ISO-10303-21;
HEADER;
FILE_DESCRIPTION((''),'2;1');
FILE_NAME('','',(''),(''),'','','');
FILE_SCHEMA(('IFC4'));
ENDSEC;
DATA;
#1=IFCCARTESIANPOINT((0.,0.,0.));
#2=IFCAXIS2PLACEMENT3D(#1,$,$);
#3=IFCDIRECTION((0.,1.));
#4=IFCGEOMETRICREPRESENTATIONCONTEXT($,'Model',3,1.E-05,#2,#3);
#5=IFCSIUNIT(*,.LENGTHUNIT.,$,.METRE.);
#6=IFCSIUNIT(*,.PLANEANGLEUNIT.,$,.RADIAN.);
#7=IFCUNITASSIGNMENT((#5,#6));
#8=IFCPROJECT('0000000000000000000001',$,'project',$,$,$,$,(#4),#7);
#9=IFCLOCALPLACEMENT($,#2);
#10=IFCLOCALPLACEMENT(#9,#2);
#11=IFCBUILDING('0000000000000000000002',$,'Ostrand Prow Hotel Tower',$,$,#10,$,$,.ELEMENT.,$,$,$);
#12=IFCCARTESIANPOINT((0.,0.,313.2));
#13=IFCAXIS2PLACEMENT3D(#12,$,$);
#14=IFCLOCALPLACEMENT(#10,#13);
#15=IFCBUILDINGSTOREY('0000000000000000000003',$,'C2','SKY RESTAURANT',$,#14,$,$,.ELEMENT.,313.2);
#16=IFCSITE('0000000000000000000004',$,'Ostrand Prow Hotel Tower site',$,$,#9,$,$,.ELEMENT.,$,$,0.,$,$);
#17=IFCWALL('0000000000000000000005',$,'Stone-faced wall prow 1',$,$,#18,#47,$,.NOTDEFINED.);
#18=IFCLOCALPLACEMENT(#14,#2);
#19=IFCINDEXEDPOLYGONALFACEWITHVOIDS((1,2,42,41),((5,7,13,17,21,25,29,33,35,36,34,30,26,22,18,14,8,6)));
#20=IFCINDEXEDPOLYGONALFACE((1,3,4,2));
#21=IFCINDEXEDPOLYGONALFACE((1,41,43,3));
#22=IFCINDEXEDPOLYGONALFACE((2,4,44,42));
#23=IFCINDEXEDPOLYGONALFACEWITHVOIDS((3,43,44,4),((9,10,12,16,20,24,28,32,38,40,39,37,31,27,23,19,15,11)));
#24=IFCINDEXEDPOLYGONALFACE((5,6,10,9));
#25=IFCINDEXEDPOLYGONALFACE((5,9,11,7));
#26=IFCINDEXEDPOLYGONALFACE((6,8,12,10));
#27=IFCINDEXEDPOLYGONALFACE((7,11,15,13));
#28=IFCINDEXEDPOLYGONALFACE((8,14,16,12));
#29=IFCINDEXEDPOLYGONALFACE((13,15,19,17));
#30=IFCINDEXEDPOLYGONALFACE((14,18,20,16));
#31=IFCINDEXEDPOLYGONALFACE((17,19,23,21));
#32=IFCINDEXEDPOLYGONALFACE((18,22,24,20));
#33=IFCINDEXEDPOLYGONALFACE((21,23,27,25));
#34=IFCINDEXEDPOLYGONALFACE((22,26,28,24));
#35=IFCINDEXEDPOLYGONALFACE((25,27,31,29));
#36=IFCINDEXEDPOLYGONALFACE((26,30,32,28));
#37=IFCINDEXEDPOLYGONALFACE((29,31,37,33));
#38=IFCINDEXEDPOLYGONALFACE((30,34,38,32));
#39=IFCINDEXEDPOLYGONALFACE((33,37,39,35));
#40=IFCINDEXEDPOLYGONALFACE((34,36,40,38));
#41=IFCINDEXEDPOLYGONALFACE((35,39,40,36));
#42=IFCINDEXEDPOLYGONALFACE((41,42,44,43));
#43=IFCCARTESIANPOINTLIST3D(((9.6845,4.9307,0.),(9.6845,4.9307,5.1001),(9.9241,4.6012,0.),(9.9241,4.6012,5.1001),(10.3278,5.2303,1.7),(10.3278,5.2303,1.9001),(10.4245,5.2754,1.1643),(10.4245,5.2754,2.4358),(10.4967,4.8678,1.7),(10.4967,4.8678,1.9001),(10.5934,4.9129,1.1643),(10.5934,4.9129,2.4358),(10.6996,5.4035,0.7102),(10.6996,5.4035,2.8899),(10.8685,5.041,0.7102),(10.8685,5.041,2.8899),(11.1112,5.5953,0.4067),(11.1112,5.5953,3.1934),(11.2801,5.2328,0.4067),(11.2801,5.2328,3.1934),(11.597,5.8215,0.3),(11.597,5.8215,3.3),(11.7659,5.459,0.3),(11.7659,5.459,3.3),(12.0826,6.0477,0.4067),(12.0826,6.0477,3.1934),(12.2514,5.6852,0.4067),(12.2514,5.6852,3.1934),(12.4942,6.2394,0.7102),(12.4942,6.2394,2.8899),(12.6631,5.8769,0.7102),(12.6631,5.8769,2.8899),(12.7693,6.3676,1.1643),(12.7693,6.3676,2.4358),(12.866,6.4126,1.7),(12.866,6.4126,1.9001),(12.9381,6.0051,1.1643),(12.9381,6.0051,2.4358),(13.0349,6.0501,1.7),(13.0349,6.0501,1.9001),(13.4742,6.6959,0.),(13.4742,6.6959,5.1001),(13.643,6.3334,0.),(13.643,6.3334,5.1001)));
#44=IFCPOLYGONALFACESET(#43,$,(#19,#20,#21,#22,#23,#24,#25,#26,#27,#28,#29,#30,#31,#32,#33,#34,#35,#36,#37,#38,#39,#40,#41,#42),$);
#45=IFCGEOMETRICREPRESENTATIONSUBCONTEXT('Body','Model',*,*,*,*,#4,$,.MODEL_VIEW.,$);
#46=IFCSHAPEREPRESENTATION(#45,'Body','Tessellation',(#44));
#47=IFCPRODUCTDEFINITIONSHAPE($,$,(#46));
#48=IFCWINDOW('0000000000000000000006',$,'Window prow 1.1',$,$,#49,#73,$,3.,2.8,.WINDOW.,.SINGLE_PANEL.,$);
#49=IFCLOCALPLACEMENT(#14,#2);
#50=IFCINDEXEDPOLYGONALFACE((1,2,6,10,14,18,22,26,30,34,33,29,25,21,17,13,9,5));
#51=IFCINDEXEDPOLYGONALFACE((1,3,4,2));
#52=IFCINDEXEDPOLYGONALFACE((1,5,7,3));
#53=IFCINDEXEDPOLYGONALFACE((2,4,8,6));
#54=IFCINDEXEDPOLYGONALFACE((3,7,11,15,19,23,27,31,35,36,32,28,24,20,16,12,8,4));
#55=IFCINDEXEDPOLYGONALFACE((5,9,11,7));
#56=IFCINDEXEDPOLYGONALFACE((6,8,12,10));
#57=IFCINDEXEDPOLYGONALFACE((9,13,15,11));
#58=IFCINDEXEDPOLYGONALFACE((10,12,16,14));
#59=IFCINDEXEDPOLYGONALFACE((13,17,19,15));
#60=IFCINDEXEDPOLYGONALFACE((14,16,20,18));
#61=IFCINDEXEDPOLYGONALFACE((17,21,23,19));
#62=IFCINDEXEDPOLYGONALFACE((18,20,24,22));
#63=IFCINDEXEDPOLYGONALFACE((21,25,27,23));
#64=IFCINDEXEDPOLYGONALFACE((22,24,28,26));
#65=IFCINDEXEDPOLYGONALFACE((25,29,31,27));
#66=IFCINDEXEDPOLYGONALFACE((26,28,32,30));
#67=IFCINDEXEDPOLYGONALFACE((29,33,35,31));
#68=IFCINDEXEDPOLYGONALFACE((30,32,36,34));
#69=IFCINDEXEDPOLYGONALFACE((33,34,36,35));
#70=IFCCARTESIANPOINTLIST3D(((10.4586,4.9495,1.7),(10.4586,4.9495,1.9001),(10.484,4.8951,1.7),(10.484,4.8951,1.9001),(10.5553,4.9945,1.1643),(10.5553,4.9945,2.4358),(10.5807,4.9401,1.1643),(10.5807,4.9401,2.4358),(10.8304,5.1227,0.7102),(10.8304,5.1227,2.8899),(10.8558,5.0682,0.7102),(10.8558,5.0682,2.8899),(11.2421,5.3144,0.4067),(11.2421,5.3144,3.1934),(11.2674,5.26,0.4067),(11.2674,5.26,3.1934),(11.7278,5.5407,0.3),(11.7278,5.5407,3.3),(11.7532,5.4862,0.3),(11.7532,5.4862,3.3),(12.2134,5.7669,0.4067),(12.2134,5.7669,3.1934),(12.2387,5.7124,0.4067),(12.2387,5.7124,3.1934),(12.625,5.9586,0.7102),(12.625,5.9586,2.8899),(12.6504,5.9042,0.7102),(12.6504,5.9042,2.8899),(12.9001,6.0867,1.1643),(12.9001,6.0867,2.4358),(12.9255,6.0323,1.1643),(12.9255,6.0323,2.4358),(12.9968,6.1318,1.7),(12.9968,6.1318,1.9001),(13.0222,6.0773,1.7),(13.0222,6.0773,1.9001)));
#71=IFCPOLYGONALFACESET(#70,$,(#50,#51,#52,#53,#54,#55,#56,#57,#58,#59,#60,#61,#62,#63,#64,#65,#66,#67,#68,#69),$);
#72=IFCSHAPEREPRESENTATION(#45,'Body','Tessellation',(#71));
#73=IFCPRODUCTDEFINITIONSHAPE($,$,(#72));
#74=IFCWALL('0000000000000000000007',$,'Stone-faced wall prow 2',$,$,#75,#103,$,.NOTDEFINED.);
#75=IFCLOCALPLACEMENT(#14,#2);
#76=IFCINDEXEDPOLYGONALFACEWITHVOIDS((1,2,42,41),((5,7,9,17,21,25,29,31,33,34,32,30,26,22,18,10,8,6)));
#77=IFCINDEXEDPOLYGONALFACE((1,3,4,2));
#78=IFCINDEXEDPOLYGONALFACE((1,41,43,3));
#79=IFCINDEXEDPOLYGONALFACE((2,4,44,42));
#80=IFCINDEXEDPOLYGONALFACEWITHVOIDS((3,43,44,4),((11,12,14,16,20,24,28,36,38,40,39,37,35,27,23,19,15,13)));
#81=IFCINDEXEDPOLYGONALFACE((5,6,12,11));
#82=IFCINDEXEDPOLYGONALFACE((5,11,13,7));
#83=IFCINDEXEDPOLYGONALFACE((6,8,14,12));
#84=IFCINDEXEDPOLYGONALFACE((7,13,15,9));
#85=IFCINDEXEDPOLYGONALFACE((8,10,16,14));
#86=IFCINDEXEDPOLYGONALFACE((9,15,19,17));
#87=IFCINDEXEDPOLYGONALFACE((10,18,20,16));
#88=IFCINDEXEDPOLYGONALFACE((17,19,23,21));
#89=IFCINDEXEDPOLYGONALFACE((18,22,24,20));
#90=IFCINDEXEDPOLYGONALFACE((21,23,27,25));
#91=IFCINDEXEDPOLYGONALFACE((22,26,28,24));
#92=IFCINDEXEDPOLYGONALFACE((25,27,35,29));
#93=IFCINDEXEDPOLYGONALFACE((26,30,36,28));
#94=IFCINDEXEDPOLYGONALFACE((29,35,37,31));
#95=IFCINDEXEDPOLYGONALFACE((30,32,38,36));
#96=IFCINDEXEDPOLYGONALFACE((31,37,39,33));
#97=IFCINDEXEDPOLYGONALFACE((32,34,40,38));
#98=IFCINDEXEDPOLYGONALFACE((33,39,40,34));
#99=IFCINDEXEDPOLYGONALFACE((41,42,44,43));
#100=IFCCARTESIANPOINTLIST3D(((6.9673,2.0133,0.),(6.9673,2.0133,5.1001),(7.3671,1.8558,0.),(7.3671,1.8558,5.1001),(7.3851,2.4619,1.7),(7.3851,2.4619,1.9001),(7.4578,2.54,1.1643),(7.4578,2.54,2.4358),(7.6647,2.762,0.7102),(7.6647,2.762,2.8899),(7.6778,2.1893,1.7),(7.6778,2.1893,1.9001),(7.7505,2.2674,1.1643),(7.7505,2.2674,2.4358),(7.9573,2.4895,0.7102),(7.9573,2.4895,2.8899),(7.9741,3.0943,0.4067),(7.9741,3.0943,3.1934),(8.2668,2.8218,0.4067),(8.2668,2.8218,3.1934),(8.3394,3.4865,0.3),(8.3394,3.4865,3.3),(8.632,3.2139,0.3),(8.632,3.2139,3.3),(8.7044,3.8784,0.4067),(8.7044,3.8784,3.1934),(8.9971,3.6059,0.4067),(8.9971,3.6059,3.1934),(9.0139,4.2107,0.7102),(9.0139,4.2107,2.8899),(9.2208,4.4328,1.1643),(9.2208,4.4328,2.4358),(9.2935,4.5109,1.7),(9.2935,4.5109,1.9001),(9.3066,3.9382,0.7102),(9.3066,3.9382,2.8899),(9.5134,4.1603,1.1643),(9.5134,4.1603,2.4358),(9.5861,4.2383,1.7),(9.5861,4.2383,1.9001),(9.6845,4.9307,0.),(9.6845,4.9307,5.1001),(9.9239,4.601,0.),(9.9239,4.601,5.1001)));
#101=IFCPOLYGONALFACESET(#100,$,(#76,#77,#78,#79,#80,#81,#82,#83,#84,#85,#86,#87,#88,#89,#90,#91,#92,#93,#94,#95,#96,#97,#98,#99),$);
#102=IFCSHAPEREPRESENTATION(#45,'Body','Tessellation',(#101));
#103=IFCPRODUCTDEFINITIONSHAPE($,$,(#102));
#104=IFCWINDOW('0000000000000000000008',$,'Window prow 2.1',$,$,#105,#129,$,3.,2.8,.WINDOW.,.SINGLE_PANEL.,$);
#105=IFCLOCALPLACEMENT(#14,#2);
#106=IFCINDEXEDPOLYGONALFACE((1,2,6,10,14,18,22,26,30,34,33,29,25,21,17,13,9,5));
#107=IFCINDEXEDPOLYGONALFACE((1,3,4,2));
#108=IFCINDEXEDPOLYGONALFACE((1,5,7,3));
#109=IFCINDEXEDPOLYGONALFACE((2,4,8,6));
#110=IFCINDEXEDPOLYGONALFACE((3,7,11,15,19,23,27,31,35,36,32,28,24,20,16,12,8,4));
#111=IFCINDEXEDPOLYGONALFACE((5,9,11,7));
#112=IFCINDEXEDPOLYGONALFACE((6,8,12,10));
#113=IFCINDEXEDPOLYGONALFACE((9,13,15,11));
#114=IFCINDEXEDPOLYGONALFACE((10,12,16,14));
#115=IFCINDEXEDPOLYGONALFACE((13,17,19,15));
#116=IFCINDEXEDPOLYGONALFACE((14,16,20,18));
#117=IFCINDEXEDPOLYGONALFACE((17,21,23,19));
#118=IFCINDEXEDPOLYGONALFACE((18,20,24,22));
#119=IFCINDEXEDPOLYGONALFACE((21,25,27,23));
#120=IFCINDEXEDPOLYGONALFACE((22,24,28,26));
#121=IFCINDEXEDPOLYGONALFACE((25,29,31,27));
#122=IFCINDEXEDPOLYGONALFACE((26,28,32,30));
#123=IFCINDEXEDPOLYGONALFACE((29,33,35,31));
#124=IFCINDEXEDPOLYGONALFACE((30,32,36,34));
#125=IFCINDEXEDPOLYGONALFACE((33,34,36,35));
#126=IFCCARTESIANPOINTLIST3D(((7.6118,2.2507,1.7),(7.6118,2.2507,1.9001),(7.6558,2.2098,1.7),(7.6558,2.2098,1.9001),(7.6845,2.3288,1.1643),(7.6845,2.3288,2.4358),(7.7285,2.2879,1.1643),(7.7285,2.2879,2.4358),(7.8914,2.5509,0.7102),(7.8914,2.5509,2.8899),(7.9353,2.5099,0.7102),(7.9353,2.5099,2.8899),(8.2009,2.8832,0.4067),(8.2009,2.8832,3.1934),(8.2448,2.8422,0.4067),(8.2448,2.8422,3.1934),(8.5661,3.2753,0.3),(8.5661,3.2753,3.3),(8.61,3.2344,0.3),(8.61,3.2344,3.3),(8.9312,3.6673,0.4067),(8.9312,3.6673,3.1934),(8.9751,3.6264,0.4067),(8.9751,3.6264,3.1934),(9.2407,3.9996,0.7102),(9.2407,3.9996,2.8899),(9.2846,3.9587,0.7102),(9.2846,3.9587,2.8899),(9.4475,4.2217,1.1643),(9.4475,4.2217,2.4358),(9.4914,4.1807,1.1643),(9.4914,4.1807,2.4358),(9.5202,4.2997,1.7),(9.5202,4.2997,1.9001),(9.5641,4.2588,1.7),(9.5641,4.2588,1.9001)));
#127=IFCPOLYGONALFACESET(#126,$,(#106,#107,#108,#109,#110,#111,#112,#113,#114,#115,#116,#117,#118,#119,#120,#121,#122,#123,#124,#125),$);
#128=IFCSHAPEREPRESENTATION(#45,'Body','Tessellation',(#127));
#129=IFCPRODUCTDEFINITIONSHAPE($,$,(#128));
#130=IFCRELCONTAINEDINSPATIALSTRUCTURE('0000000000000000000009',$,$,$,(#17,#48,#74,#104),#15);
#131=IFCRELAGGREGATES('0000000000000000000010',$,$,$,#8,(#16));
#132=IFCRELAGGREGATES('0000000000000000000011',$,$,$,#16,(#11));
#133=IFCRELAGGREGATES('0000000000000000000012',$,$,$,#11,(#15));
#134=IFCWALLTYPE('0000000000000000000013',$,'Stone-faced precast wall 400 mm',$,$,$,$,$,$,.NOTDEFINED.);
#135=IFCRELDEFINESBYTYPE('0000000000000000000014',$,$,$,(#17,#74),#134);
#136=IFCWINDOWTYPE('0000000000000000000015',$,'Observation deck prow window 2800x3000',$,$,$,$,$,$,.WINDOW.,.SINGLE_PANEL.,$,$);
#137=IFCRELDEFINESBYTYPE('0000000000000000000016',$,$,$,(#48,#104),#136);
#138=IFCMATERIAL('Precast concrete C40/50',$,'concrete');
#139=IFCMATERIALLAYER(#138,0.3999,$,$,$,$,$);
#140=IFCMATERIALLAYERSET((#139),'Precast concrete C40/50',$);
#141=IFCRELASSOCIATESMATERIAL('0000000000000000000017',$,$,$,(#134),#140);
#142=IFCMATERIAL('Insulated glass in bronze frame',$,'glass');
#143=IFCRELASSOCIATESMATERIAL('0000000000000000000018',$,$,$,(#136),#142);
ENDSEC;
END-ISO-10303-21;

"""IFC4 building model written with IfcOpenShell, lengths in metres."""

from ifc_helpers import new_model, si_unit, direction, frame, origin, place, context, subcontext, project, spatial, polyline, outline, extrude, material, layer, layer_set, type_object, element, fill, save


model = new_model("IFC4")

# Units and contexts
model_context = context("Model", 3, precision=1e-05, world=origin(), true_north=direction((0.0, 1.0)))
body_context = subcontext(model_context, "Body", "Model", "MODEL_VIEW")
ifc_project = project(units=[si_unit("LENGTHUNIT", "METRE"), si_unit("PLANEANGLEUNIT", "RADIAN")], contexts=[model_context])

# Site, building, storey
site_placement = place(None, origin())
site = spatial("IfcSite", under=ifc_project, at=site_placement, Name="Ostrand Prow Hotel Tower site", CompositionType="ELEMENT", RefElevation=0.0)
building_placement = place(site_placement, origin())
building = spatial("IfcBuilding", under=site, at=building_placement, Name="Ostrand Prow Hotel Tower", CompositionType="ELEMENT")
storey_placement = place(building_placement, frame((0.0, 0.0, 313.2)))
storey = spatial("IfcBuildingStorey", under=building, at=storey_placement, Name="C2", Description="SKY RESTAURANT", CompositionType="ELEMENT", Elevation=313.2)

# Walls, openings, windows
ifc_material_1 = material(Name="Precast concrete C40/50", Category="concrete")
ifc_layer_1 = layer(ifc_material_1, 0.3999)
ifc_layer_set_1 = layer_set([ifc_layer_1], Name="Precast concrete C40/50")
wall_type_1 = type_object("IfcWallType", Name="Stone-faced precast wall 400 mm", PredefinedType="NOTDEFINED", material=ifc_layer_set_1)
wall_1_placement = place(storey_placement, frame((13.5586, 6.5146, 0.0), z_axis=(0.0, 0.0, 1.0), x_axis=(-0.906486, -0.422237, 0.0)))
wall_1 = element("IfcWall", 1, at=wall_1_placement, inside=storey, type_object=wall_type_1, Name="Stone-faced wall prow 1", PredefinedType="NOTDEFINED", context=body_context, shape_type="SweptSolid", body=[
    extrude(outline(polyline([(0.0, -0.2), (4.1807, -0.2), (4.1025, 0.2), (0.0, 0.2), (0.0, -0.2)])), origin(), (0.0, 0.0, 1.0), 5.1001),
])
opening_1_placement = place(wall_1_placement, frame((0.6709, 0.0, 0.3)))
opening_1 = element("IfcOpeningElement", 2, at=opening_1_placement, cuts=wall_1, PredefinedType="OPENING", context=body_context, shape_type="SweptSolid", body=[
    extrude(outline(polyline([(0.0, 1.6001), (0.1067, 2.1357), (0.4102, 2.5898), (0.8643, 2.8933), (1.3999, 3.0), (1.9358, 2.8933), (2.3899, 2.5898), (2.6934, 2.1357), (2.8, 1.6001), (2.8, 1.3999), (2.6934, 0.8643), (2.3899, 0.4102), (1.9358, 0.1067), (1.3999, 0.0), (0.8643, 0.1067), (0.4102, 0.4102), (0.1067, 0.8643), (0.0, 1.3999), (0.0, 1.6001)])), frame((0.0, 0.21, 0.0), z_axis=(0.0, -1.0, 0.0), x_axis=(1.0, 0.0, 0.0)), (0.0, 0.0, 1.0), 0.4199),
])
ifc_material_2 = material(Name="Insulated glass in bronze frame", Category="glass")
window_type = type_object("IfcWindowType", Name="Observation deck prow window 2800x3000", PartitioningType="SINGLE_PANEL", PredefinedType="WINDOW", material=ifc_material_2)
window_1_placement = place(opening_1_placement, origin())
window_1 = element("IfcWindow", 3, at=window_1_placement, inside=storey, type_object=window_type, Name="Window prow 1.1", OverallHeight=3.0, OverallWidth=2.8, PartitioningType="SINGLE_PANEL", PredefinedType="WINDOW", context=body_context, shape_type="SweptSolid", body=[
    extrude(outline(polyline([(0.0, 1.6001), (0.1067, 2.1357), (0.4102, 2.5898), (0.8643, 2.8933), (1.3999, 3.0), (1.9358, 2.8933), (2.3899, 2.5898), (2.6934, 2.1357), (2.8, 1.6001), (2.8, 1.3999), (2.6934, 0.8643), (2.3899, 0.4102), (1.9358, 0.1067), (1.3999, 0.0), (0.8643, 0.1067), (0.4102, 0.4102), (0.1067, 0.8643), (0.0, 1.3999), (0.0, 1.6001)])), frame((0.0, 0.1699, 0.0), z_axis=(0.0, -1.0, 0.0), x_axis=(1.0, 0.0, 0.0)), (0.0, 0.0, 1.0), 0.0601),
])
fill(opening_1, window_1)
wall_2_placement = place(storey_placement, frame((9.8042, 4.7659, 0.0), z_axis=(0.0, 0.0, 1.0), x_axis=(-0.681547, -0.731775, 0.0)))
wall_2 = element("IfcWall", 4, at=wall_2_placement, inside=storey, type_object=wall_type_1, Name="Stone-faced wall prow 2", PredefinedType="NOTDEFINED", context=body_context, shape_type="SweptSolid", body=[
    extrude(outline(polyline([(-0.0391, -0.2), (3.9478, -0.2), (3.7905, 0.2), (0.0391, 0.2), (-0.0391, -0.2)])), origin(), (0.0, 0.0, 1.0), 5.1001),
])
opening_2_placement = place(wall_2_placement, frame((0.5347, 0.0, 0.3)))
opening_2 = element("IfcOpeningElement", 5, at=opening_2_placement, cuts=wall_2, PredefinedType="OPENING", context=body_context, shape_type="SweptSolid", body=[
    extrude(outline(polyline([(0.0, 1.6001), (0.1067, 2.1357), (0.4102, 2.5898), (0.8643, 2.8933), (1.3999, 3.0), (1.9358, 2.8933), (2.3899, 2.5898), (2.6934, 2.1357), (2.8, 1.6001), (2.8, 1.3999), (2.6934, 0.8643), (2.3899, 0.4102), (1.9358, 0.1067), (1.3999, 0.0), (0.8643, 0.1067), (0.4102, 0.4102), (0.1067, 0.8643), (0.0, 1.3999), (0.0, 1.6001)])), frame((0.0, 0.21, 0.0), z_axis=(0.0, -1.0, 0.0), x_axis=(1.0, 0.0, 0.0)), (0.0, 0.0, 1.0), 0.4199),
])
window_2_placement = place(opening_2_placement, origin())
window_2 = element("IfcWindow", 6, at=window_2_placement, inside=storey, type_object=window_type, Name="Window prow 2.1", OverallHeight=3.0, OverallWidth=2.8, PartitioningType="SINGLE_PANEL", PredefinedType="WINDOW", context=body_context, shape_type="SweptSolid", body=[
    extrude(outline(polyline([(0.0, 1.6001), (0.1067, 2.1357), (0.4102, 2.5898), (0.8643, 2.8933), (1.3999, 3.0), (1.9358, 2.8933), (2.3899, 2.5898), (2.6934, 2.1357), (2.8, 1.6001), (2.8, 1.3999), (2.6934, 0.8643), (2.3899, 0.4102), (1.9358, 0.1067), (1.3999, 0.0), (0.8643, 0.1067), (0.4102, 0.4102), (0.1067, 0.8643), (0.0, 1.3999), (0.0, 1.6001)])), frame((0.0, 0.1699, 0.0), z_axis=(0.0, -1.0, 0.0), x_axis=(1.0, 0.0, 0.0)), (0.0, 0.0, 1.0), 0.0601),
])
fill(opening_2, window_2)

save(model, "model.ifc")
